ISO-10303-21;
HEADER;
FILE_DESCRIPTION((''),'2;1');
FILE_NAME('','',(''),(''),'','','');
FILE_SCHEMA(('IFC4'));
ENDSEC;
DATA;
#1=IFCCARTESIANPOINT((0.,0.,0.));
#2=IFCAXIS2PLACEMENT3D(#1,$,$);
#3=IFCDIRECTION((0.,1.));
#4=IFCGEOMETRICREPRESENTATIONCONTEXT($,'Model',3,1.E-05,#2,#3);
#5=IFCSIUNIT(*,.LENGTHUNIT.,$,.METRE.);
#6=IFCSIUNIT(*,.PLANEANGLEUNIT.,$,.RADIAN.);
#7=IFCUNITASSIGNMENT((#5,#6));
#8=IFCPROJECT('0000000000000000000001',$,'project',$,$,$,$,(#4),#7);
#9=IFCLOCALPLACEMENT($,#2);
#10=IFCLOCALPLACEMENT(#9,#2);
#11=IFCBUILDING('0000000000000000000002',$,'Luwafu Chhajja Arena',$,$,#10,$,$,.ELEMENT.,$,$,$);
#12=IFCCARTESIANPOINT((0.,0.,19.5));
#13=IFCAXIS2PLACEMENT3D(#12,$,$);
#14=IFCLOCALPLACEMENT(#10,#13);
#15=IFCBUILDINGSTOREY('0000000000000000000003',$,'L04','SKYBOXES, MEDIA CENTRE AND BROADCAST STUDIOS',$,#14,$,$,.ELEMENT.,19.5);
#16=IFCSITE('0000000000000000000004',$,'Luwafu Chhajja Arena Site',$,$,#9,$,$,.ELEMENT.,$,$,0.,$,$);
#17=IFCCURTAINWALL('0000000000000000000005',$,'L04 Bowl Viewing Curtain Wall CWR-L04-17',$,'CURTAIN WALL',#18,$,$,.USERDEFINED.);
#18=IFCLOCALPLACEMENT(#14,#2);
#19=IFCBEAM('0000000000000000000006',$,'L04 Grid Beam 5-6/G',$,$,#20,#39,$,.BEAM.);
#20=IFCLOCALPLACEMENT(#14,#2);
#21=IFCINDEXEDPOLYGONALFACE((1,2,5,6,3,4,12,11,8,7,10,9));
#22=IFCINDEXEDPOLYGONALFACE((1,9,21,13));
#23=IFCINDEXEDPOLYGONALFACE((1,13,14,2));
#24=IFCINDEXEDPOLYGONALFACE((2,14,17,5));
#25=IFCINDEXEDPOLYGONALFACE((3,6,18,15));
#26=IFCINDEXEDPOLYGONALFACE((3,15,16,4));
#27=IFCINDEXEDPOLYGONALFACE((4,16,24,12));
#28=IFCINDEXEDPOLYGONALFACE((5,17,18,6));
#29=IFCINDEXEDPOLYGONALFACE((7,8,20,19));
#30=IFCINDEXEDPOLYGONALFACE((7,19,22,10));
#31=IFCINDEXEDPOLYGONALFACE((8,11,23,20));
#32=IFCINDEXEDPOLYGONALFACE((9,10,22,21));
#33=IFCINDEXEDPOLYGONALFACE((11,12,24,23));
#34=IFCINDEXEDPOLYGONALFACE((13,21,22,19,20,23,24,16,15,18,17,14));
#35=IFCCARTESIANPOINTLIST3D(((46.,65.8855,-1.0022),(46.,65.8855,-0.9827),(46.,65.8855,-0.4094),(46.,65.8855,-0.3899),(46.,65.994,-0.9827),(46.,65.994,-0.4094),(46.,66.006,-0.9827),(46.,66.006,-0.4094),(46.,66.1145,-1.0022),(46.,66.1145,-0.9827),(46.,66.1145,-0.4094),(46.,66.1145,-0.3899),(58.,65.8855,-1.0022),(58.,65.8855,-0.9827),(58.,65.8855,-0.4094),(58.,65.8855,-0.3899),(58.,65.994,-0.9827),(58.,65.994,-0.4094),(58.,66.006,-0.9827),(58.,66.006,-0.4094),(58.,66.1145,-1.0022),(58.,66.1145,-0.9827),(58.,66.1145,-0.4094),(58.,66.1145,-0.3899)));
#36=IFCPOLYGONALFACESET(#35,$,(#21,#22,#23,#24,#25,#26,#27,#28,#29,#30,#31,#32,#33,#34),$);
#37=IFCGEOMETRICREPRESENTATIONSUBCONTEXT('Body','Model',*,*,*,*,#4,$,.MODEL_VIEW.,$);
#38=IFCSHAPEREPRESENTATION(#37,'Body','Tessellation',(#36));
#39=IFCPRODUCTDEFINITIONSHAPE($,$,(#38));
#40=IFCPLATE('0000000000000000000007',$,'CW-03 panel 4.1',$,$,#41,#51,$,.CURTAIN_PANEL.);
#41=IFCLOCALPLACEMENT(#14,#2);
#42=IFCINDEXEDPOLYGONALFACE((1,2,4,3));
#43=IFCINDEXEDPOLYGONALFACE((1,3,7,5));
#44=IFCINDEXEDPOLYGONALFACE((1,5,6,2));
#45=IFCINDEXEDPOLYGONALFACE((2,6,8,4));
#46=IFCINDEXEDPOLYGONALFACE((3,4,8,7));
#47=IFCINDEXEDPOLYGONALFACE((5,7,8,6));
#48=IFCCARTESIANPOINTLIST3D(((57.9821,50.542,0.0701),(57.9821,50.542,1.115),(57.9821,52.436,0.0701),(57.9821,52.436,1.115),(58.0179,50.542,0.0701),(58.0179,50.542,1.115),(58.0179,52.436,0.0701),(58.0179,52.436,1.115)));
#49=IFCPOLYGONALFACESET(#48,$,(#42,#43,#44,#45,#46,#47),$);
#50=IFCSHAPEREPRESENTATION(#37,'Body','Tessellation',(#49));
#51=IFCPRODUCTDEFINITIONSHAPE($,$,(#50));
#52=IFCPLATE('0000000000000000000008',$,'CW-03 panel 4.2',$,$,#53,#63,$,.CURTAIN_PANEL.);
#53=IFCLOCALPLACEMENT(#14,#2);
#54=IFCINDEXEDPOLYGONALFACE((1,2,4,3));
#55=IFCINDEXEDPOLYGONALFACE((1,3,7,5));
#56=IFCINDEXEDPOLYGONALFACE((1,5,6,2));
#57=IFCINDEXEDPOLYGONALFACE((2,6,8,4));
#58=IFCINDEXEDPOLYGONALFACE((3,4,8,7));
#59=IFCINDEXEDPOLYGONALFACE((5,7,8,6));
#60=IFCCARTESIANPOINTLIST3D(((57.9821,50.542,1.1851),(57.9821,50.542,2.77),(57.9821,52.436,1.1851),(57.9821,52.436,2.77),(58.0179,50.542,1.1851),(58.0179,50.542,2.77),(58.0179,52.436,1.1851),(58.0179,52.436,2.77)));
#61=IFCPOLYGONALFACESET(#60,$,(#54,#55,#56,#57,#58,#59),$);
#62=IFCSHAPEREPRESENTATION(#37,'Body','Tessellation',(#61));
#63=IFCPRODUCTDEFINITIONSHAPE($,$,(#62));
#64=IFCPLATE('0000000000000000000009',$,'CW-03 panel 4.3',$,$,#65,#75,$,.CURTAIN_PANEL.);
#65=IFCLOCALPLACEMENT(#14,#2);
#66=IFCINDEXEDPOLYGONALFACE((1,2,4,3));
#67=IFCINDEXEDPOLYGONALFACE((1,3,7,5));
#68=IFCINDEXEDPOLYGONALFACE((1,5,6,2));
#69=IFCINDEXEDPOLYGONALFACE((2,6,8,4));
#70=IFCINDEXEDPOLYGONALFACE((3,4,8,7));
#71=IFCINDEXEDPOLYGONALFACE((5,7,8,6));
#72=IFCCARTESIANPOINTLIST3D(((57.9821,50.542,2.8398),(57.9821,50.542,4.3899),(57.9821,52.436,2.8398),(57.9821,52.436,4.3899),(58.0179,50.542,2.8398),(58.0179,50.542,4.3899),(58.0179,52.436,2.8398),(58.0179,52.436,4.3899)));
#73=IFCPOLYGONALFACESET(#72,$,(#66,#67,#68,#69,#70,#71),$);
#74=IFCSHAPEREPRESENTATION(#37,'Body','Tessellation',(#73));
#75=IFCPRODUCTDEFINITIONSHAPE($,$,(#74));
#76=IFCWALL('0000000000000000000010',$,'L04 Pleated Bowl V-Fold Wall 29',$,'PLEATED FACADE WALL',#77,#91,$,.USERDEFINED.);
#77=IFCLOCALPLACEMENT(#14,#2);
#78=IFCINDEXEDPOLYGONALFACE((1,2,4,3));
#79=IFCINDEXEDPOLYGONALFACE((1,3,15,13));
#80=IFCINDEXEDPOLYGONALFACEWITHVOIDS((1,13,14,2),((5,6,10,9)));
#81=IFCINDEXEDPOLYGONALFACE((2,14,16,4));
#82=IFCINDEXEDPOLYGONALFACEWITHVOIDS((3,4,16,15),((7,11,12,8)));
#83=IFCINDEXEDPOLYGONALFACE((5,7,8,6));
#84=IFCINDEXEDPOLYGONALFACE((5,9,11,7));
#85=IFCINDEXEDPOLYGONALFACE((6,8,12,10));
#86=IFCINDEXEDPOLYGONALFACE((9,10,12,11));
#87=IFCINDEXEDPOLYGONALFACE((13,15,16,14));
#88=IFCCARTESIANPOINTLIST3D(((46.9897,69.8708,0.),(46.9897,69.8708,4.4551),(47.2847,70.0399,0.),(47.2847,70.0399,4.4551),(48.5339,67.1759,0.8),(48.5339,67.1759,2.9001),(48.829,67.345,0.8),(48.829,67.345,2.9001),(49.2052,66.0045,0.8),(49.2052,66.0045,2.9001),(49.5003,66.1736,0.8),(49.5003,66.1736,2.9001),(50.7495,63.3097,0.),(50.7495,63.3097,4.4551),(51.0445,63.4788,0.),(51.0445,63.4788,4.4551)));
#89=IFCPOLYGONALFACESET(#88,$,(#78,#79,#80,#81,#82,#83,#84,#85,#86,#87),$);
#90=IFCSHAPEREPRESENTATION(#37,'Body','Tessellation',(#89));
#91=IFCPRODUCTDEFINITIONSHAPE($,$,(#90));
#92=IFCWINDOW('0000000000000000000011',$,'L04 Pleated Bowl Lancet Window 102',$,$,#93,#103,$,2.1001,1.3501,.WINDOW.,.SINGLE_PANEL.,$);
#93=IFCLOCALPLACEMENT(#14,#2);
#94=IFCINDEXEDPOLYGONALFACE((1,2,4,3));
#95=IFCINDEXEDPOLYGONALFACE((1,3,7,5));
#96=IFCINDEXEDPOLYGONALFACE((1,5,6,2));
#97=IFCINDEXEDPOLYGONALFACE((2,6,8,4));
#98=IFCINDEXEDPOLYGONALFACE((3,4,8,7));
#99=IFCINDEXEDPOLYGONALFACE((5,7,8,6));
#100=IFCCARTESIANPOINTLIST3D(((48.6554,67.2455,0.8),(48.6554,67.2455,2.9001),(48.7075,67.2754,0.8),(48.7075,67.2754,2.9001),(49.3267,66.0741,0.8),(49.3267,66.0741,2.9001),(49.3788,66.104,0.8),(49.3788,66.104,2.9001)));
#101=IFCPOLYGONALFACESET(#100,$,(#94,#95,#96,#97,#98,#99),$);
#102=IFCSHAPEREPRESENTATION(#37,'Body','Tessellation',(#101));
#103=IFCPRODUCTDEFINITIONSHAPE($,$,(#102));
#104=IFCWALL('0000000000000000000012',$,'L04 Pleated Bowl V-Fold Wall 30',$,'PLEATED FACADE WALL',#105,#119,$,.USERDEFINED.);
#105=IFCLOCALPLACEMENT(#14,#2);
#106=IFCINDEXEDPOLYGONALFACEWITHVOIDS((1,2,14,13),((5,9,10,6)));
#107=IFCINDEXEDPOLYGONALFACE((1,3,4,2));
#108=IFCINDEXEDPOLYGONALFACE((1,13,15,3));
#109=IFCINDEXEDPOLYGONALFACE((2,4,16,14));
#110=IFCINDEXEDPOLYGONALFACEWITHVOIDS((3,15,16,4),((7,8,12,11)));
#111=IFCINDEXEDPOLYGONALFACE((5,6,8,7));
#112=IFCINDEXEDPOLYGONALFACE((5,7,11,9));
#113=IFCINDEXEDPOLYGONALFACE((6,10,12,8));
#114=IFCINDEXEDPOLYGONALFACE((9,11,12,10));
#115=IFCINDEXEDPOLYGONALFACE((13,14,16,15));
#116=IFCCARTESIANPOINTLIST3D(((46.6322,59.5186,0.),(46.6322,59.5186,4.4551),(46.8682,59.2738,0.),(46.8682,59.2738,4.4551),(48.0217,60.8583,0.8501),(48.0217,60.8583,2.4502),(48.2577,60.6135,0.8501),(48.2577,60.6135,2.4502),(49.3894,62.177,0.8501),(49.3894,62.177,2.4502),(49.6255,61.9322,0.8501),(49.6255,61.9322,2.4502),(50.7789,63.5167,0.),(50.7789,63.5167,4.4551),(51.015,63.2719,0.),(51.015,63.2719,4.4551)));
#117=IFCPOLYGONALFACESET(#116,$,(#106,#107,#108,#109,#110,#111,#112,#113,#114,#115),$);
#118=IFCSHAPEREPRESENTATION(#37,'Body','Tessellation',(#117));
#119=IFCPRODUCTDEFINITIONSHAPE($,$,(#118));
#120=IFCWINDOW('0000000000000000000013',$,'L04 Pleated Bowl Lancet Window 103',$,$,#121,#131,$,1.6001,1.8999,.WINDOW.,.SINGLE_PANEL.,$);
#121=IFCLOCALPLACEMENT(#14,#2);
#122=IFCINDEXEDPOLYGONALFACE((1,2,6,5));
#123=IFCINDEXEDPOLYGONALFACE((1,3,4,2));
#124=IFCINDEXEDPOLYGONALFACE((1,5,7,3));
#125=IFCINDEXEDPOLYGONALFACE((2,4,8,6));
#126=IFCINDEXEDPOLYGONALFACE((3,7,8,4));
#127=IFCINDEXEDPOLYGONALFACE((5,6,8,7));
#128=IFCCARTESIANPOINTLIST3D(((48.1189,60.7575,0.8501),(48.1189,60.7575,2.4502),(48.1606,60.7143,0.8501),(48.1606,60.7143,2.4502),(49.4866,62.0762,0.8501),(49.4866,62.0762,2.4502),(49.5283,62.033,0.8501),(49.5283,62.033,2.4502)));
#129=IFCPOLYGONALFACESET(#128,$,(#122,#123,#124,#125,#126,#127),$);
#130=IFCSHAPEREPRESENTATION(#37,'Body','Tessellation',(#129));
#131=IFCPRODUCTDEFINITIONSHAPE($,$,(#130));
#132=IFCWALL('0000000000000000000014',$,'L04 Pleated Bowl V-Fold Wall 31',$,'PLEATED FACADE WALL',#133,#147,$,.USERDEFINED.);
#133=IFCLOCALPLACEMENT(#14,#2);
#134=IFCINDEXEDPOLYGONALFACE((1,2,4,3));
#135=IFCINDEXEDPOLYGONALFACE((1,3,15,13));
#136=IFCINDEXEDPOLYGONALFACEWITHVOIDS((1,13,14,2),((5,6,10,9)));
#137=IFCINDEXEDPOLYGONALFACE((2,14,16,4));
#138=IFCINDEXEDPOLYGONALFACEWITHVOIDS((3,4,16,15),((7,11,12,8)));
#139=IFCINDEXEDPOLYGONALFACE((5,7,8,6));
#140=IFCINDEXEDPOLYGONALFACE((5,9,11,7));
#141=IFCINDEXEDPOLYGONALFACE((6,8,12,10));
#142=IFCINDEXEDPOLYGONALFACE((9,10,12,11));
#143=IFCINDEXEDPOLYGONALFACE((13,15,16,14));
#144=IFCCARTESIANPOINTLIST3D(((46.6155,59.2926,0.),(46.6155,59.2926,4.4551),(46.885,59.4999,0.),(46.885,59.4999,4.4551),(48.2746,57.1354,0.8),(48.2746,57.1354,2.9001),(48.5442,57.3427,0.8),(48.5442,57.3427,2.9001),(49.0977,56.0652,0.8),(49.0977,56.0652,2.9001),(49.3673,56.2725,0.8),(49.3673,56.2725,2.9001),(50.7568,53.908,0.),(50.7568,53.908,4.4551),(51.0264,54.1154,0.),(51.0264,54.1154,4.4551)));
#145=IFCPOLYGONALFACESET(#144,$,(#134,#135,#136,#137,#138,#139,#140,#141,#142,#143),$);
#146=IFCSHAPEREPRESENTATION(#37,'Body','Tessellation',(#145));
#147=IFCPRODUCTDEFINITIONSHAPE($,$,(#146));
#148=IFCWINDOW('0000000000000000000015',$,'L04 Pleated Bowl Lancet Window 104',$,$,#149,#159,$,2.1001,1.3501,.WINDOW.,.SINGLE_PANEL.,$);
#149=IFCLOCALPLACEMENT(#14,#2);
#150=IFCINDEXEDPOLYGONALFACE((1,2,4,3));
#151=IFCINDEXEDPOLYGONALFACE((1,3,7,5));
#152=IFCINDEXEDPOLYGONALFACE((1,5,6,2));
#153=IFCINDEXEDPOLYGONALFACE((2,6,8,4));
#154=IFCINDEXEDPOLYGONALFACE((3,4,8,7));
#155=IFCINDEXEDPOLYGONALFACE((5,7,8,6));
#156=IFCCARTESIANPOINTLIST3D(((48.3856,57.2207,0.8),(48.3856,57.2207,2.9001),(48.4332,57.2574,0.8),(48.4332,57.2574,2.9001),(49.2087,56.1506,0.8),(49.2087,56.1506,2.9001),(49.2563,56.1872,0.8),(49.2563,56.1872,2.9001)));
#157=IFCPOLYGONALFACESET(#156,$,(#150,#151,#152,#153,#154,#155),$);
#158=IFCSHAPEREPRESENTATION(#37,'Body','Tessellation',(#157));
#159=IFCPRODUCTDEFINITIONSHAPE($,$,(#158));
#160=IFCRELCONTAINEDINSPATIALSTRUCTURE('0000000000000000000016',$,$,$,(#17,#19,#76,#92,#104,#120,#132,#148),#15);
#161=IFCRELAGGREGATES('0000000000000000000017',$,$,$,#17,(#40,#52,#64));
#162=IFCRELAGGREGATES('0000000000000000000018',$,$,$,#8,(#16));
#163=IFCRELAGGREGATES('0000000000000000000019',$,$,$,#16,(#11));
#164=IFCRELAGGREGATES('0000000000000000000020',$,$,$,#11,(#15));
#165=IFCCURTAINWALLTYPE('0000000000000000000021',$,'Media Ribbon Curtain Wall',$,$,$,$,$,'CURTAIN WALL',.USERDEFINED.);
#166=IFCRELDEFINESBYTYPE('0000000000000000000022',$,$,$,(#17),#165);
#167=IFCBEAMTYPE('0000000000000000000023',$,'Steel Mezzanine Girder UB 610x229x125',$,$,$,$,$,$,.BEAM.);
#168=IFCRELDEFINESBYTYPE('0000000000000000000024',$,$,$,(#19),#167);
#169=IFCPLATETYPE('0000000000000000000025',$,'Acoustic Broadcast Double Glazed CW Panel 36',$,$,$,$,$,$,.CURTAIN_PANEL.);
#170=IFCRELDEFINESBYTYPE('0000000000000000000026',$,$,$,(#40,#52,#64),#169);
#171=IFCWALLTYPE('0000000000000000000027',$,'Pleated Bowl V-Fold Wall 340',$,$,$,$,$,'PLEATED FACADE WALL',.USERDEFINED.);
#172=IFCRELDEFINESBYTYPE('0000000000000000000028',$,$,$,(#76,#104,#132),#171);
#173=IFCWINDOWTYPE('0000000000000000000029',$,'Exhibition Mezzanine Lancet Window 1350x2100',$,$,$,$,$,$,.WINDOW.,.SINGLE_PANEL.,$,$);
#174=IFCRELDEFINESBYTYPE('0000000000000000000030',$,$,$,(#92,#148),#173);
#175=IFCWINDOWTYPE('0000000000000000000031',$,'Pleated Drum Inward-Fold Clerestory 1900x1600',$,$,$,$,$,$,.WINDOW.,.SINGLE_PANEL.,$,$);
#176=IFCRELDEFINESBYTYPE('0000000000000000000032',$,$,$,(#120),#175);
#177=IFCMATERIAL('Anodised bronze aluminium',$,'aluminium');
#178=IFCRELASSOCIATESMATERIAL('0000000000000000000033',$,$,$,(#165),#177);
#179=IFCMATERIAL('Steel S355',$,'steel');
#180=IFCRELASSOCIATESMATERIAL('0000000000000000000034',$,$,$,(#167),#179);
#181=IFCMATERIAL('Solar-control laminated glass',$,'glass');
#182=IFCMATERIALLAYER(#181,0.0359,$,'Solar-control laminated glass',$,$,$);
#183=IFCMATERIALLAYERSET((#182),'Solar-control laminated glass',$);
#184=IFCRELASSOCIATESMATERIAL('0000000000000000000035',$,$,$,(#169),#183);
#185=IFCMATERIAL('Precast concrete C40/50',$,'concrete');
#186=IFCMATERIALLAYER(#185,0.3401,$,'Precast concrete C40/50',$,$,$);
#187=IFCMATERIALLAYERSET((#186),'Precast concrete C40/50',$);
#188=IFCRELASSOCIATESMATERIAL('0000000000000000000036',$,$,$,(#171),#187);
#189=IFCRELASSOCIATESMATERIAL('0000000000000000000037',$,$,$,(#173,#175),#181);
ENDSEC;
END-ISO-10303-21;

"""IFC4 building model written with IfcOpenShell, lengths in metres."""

from ifc_helpers import new_model, si_unit, direction, frame, frame_2d, origin, origin_2d, place, context, subcontext, project, spatial, rectangle, i_section, extrude, material, layer, layer_set, material_profile, profile_set, type_object, element, fill, aggregate, save


model = new_model("IFC4")

# Units and contexts
model_context = context("Model", 3, precision=1e-05, world=origin(), true_north=direction((0.0, 1.0)))
body_context = subcontext(model_context, "Body", "Model", "MODEL_VIEW")
ifc_project = project(units=[si_unit("LENGTHUNIT", "METRE"), si_unit("PLANEANGLEUNIT", "RADIAN")], contexts=[model_context])

# Site, building, storey
site_placement = place(None, origin())
site = spatial("IfcSite", under=ifc_project, at=site_placement, Name="Luwafu Chhajja Arena Site", CompositionType="ELEMENT", RefElevation=0.0)
building_placement = place(site_placement, origin())
building = spatial("IfcBuilding", under=site, at=building_placement, Name="Luwafu Chhajja Arena", CompositionType="ELEMENT")
storey_placement = place(building_placement, frame((0.0, 0.0, 19.5)))
storey = spatial("IfcBuildingStorey", under=building, at=storey_placement, Name="L04", Description="SKYBOXES, MEDIA CENTRE AND BROADCAST STUDIOS", CompositionType="ELEMENT", Elevation=19.5)

# Shared definitions
ifc_material_1 = material(Name="Steel S355", Category="steel")

# Curtain wall
ifc_material_2 = material(Name="Anodised bronze aluminium", Category="aluminium")
curtain_wall_type = type_object("IfcCurtainWallType", Name="Media Ribbon Curtain Wall", ElementType="CURTAIN WALL", PredefinedType="USERDEFINED", material=ifc_material_2)
curtain_wall_placement = place(storey_placement, origin())
curtain_wall = element("IfcCurtainWall", 1, at=curtain_wall_placement, inside=storey, type_object=curtain_wall_type, Name="L04 Bowl Viewing Curtain Wall CWR-L04-17", ObjectType="CURTAIN WALL", PredefinedType="USERDEFINED")

# Beam
ifc_material_profile_1 = material_profile(ifc_material_1, i_section(OverallWidth=0.229, OverallDepth=0.6123, WebThickness=0.012, FlangeThickness=0.0195, at=origin_2d()), Name="UB 610x229x125")
ifc_profile_set_1 = profile_set([ifc_material_profile_1], Name="Steel S355")
beam_type_1 = type_object("IfcBeamType", Name="Steel Mezzanine Girder UB 610x229x125", PredefinedType="BEAM", material=ifc_profile_set_1)
beam_1_placement = place(storey_placement, frame((46.0, 66.0, -0.696), z_axis=(1.0, 0.0, 0.0), x_axis=(0.0, 1.0, 0.0)))
element("IfcBeam", 2, at=beam_1_placement, inside=storey, type_object=beam_type_1, Name="L04 Grid Beam 5-6/G", PredefinedType="BEAM", context=body_context, shape_type="SweptSolid", body=[
    extrude(i_section(OverallWidth=0.229, OverallDepth=0.6123, WebThickness=0.012, FlangeThickness=0.0195, at=origin_2d()), origin(), (0.0, 0.0, 1.0), 12.0),
])

# Plates
ifc_material_3 = material(Name="Solar-control laminated glass", Category="glass")
ifc_layer_1 = layer(ifc_material_3, 0.0359, Name="Solar-control laminated glass")
ifc_layer_set_1 = layer_set([ifc_layer_1], Name="Solar-control laminated glass")
plate_type = type_object("IfcPlateType", Name="Acoustic Broadcast Double Glazed CW Panel 36", PredefinedType="CURTAIN_PANEL", material=ifc_layer_set_1)
plate_1_placement = place(storey_placement, frame((58.0, 51.489, 0.0701), z_axis=(0.0, 0.0, 1.0), x_axis=(0.0, 1.0, 0.0)))
plate_1 = element("IfcPlate", 3, at=plate_1_placement, type_object=plate_type, Name="CW-03 panel 4.1", PredefinedType="CURTAIN_PANEL", context=body_context, shape_type="SweptSolid", body=[
    extrude(rectangle(XDim=1.894, YDim=0.0359, at=origin_2d()), origin(), (0.0, 0.0, 1.0), 1.0449),
])
plate_2_placement = place(storey_placement, frame((58.0, 51.489, 1.1851), z_axis=(0.0, 0.0, 1.0), x_axis=(0.0, 1.0, 0.0)))
plate_2 = element("IfcPlate", 4, at=plate_2_placement, type_object=plate_type, Name="CW-03 panel 4.2", PredefinedType="CURTAIN_PANEL", context=body_context, shape_type="SweptSolid", body=[
    extrude(rectangle(XDim=1.894, YDim=0.0359, at=origin_2d()), origin(), (0.0, 0.0, 1.0), 1.585),
])
plate_3_placement = place(storey_placement, frame((58.0, 51.489, 2.8398), z_axis=(0.0, 0.0, 1.0), x_axis=(0.0, 1.0, 0.0)))
plate_3 = element("IfcPlate", 5, at=plate_3_placement, type_object=plate_type, Name="CW-03 panel 4.3", PredefinedType="CURTAIN_PANEL", context=body_context, shape_type="SweptSolid", body=[
    extrude(rectangle(XDim=1.894, YDim=0.0359, at=origin_2d()), origin(), (0.0, 0.0, 1.0), 1.55),
])
aggregate(curtain_wall, [plate_1, plate_2, plate_3])

# Walls, openings, windows
ifc_material_4 = material(Name="Precast concrete C40/50", Category="concrete")
ifc_layer_2 = layer(ifc_material_4, 0.3401, Name="Precast concrete C40/50")
ifc_layer_set_2 = layer_set([ifc_layer_2], Name="Precast concrete C40/50")
wall_type = type_object("IfcWallType", Name="Pleated Bowl V-Fold Wall 340", ElementType="PLEATED FACADE WALL", PredefinedType="USERDEFINED", material=ifc_layer_set_2)
wall_1_placement = place(storey_placement, frame((47.1372, 69.9553, 0.0), z_axis=(0.0, 0.0, 1.0), x_axis=(0.497196, -0.867639, 0.0)))
wall_1 = element("IfcWall", 6, at=wall_1_placement, inside=storey, type_object=wall_type, Name="L04 Pleated Bowl V-Fold Wall 29", ObjectType="PLEATED FACADE WALL", PredefinedType="USERDEFINED", context=body_context, shape_type="SweptSolid", body=[
    extrude(rectangle(XDim=7.562, YDim=0.3401, at=frame_2d((3.781, 0.0))), origin(), (0.0, 0.0, 1.0), 4.4551),
])
opening_1_placement = place(wall_1_placement, frame((3.106, 0.0, 0.8)))
opening_1 = element("IfcOpeningElement", 7, at=opening_1_placement, cuts=wall_1, PredefinedType="OPENING", context=body_context, shape_type="SweptSolid", body=[
    extrude(rectangle(XDim=1.3501, YDim=2.1001, at=frame_2d((0.675, 1.05))), frame((0.0, 0.1799, 0.0), z_axis=(0.0, -1.0, 0.0), x_axis=(1.0, 0.0, 0.0)), (0.0, 0.0, 1.0), 0.3601),
])
window_type_1 = type_object("IfcWindowType", Name="Exhibition Mezzanine Lancet Window 1350x2100", PartitioningType="SINGLE_PANEL", PredefinedType="WINDOW", material=ifc_material_3)
window_1_placement = place(opening_1_placement, origin())
window_1 = element("IfcWindow", 8, at=window_1_placement, inside=storey, type_object=window_type_1, Name="L04 Pleated Bowl Lancet Window 102", OverallHeight=2.1001, OverallWidth=1.3501, PartitioningType="SINGLE_PANEL", PredefinedType="WINDOW", context=body_context, shape_type="SweptSolid", body=[
    extrude(rectangle(XDim=1.3501, YDim=2.1001, at=frame_2d((0.675, 1.05))), frame((0.0, 0.03, 0.0), z_axis=(0.0, -1.0, 0.0), x_axis=(1.0, 0.0, 0.0)), (0.0, 0.0, 1.0), 0.0601),
])
fill(opening_1, window_1)
wall_2_placement = place(storey_placement, frame((50.897, 63.3943, 0.0), z_axis=(0.0, 0.0, 1.0), x_axis=(-0.719895, -0.694083, 0.0)))
wall_2 = element("IfcWall", 9, at=wall_2_placement, inside=storey, type_object=wall_type, Name="L04 Pleated Bowl V-Fold Wall 30", ObjectType="PLEATED FACADE WALL", PredefinedType="USERDEFINED", context=body_context, shape_type="SweptSolid", body=[
    extrude(rectangle(XDim=5.7603, YDim=0.3401, at=frame_2d((2.8801, 0.0))), origin(), (0.0, 0.0, 1.0), 4.4551),
])
opening_2_placement = place(wall_2_placement, frame((1.9302, 0.0, 0.8501)))
opening_2 = element("IfcOpeningElement", 10, at=opening_2_placement, cuts=wall_2, PredefinedType="OPENING", context=body_context, shape_type="SweptSolid", body=[
    extrude(rectangle(XDim=1.8999, YDim=1.6001, at=frame_2d((0.95, 0.8))), frame((0.0, 0.1799, 0.0), z_axis=(0.0, -1.0, 0.0), x_axis=(1.0, 0.0, 0.0)), (0.0, 0.0, 1.0), 0.3601),
])
window_type_2 = type_object("IfcWindowType", Name="Pleated Drum Inward-Fold Clerestory 1900x1600", PartitioningType="SINGLE_PANEL", PredefinedType="WINDOW", material=ifc_material_3)
window_2_placement = place(opening_2_placement, origin())
window_2 = element("IfcWindow", 11, at=window_2_placement, inside=storey, type_object=window_type_2, Name="L04 Pleated Bowl Lancet Window 103", OverallHeight=1.6001, OverallWidth=1.8999, PartitioningType="SINGLE_PANEL", PredefinedType="WINDOW", context=body_context, shape_type="SweptSolid", body=[
    extrude(rectangle(XDim=1.8999, YDim=1.6001, at=frame_2d((0.95, 0.8))), frame((0.0, 0.03, 0.0), z_axis=(0.0, -1.0, 0.0), x_axis=(1.0, 0.0, 0.0)), (0.0, 0.0, 1.0), 0.0601),
])
fill(opening_2, window_2)
wall_3_placement = place(storey_placement, frame((46.7502, 59.3962, 0.0), z_axis=(0.0, 0.0, 1.0), x_axis=(0.609657, -0.792665, 0.0)))
wall_3 = element("IfcWall", 12, at=wall_3_placement, inside=storey, type_object=wall_type, Name="L04 Pleated Bowl V-Fold Wall 31", ObjectType="PLEATED FACADE WALL", PredefinedType="USERDEFINED", context=body_context, shape_type="SweptSolid", body=[
    extrude(rectangle(XDim=6.793, YDim=0.3401, at=frame_2d((3.3965, 0.0))), origin(), (0.0, 0.0, 1.0), 4.4551),
])
opening_3_placement = place(wall_3_placement, frame((2.7214, 0.0, 0.8)))
opening_3 = element("IfcOpeningElement", 13, at=opening_3_placement, cuts=wall_3, PredefinedType="OPENING", context=body_context, shape_type="SweptSolid", body=[
    extrude(rectangle(XDim=1.3501, YDim=2.1001, at=frame_2d((0.675, 1.05))), frame((0.0, 0.1799, 0.0), z_axis=(0.0, -1.0, 0.0), x_axis=(1.0, 0.0, 0.0)), (0.0, 0.0, 1.0), 0.3601),
])
window_3_placement = place(opening_3_placement, origin())
window_3 = element("IfcWindow", 14, at=window_3_placement, inside=storey, type_object=window_type_1, Name="L04 Pleated Bowl Lancet Window 104", OverallHeight=2.1001, OverallWidth=1.3501, PartitioningType="SINGLE_PANEL", PredefinedType="WINDOW", context=body_context, shape_type="SweptSolid", body=[
    extrude(rectangle(XDim=1.3501, YDim=2.1001, at=frame_2d((0.675, 1.05))), frame((0.0, 0.03, 0.0), z_axis=(0.0, -1.0, 0.0), x_axis=(1.0, 0.0, 0.0)), (0.0, 0.0, 1.0), 0.0601),
])
fill(opening_3, window_3)

save(model, "model.ifc")
